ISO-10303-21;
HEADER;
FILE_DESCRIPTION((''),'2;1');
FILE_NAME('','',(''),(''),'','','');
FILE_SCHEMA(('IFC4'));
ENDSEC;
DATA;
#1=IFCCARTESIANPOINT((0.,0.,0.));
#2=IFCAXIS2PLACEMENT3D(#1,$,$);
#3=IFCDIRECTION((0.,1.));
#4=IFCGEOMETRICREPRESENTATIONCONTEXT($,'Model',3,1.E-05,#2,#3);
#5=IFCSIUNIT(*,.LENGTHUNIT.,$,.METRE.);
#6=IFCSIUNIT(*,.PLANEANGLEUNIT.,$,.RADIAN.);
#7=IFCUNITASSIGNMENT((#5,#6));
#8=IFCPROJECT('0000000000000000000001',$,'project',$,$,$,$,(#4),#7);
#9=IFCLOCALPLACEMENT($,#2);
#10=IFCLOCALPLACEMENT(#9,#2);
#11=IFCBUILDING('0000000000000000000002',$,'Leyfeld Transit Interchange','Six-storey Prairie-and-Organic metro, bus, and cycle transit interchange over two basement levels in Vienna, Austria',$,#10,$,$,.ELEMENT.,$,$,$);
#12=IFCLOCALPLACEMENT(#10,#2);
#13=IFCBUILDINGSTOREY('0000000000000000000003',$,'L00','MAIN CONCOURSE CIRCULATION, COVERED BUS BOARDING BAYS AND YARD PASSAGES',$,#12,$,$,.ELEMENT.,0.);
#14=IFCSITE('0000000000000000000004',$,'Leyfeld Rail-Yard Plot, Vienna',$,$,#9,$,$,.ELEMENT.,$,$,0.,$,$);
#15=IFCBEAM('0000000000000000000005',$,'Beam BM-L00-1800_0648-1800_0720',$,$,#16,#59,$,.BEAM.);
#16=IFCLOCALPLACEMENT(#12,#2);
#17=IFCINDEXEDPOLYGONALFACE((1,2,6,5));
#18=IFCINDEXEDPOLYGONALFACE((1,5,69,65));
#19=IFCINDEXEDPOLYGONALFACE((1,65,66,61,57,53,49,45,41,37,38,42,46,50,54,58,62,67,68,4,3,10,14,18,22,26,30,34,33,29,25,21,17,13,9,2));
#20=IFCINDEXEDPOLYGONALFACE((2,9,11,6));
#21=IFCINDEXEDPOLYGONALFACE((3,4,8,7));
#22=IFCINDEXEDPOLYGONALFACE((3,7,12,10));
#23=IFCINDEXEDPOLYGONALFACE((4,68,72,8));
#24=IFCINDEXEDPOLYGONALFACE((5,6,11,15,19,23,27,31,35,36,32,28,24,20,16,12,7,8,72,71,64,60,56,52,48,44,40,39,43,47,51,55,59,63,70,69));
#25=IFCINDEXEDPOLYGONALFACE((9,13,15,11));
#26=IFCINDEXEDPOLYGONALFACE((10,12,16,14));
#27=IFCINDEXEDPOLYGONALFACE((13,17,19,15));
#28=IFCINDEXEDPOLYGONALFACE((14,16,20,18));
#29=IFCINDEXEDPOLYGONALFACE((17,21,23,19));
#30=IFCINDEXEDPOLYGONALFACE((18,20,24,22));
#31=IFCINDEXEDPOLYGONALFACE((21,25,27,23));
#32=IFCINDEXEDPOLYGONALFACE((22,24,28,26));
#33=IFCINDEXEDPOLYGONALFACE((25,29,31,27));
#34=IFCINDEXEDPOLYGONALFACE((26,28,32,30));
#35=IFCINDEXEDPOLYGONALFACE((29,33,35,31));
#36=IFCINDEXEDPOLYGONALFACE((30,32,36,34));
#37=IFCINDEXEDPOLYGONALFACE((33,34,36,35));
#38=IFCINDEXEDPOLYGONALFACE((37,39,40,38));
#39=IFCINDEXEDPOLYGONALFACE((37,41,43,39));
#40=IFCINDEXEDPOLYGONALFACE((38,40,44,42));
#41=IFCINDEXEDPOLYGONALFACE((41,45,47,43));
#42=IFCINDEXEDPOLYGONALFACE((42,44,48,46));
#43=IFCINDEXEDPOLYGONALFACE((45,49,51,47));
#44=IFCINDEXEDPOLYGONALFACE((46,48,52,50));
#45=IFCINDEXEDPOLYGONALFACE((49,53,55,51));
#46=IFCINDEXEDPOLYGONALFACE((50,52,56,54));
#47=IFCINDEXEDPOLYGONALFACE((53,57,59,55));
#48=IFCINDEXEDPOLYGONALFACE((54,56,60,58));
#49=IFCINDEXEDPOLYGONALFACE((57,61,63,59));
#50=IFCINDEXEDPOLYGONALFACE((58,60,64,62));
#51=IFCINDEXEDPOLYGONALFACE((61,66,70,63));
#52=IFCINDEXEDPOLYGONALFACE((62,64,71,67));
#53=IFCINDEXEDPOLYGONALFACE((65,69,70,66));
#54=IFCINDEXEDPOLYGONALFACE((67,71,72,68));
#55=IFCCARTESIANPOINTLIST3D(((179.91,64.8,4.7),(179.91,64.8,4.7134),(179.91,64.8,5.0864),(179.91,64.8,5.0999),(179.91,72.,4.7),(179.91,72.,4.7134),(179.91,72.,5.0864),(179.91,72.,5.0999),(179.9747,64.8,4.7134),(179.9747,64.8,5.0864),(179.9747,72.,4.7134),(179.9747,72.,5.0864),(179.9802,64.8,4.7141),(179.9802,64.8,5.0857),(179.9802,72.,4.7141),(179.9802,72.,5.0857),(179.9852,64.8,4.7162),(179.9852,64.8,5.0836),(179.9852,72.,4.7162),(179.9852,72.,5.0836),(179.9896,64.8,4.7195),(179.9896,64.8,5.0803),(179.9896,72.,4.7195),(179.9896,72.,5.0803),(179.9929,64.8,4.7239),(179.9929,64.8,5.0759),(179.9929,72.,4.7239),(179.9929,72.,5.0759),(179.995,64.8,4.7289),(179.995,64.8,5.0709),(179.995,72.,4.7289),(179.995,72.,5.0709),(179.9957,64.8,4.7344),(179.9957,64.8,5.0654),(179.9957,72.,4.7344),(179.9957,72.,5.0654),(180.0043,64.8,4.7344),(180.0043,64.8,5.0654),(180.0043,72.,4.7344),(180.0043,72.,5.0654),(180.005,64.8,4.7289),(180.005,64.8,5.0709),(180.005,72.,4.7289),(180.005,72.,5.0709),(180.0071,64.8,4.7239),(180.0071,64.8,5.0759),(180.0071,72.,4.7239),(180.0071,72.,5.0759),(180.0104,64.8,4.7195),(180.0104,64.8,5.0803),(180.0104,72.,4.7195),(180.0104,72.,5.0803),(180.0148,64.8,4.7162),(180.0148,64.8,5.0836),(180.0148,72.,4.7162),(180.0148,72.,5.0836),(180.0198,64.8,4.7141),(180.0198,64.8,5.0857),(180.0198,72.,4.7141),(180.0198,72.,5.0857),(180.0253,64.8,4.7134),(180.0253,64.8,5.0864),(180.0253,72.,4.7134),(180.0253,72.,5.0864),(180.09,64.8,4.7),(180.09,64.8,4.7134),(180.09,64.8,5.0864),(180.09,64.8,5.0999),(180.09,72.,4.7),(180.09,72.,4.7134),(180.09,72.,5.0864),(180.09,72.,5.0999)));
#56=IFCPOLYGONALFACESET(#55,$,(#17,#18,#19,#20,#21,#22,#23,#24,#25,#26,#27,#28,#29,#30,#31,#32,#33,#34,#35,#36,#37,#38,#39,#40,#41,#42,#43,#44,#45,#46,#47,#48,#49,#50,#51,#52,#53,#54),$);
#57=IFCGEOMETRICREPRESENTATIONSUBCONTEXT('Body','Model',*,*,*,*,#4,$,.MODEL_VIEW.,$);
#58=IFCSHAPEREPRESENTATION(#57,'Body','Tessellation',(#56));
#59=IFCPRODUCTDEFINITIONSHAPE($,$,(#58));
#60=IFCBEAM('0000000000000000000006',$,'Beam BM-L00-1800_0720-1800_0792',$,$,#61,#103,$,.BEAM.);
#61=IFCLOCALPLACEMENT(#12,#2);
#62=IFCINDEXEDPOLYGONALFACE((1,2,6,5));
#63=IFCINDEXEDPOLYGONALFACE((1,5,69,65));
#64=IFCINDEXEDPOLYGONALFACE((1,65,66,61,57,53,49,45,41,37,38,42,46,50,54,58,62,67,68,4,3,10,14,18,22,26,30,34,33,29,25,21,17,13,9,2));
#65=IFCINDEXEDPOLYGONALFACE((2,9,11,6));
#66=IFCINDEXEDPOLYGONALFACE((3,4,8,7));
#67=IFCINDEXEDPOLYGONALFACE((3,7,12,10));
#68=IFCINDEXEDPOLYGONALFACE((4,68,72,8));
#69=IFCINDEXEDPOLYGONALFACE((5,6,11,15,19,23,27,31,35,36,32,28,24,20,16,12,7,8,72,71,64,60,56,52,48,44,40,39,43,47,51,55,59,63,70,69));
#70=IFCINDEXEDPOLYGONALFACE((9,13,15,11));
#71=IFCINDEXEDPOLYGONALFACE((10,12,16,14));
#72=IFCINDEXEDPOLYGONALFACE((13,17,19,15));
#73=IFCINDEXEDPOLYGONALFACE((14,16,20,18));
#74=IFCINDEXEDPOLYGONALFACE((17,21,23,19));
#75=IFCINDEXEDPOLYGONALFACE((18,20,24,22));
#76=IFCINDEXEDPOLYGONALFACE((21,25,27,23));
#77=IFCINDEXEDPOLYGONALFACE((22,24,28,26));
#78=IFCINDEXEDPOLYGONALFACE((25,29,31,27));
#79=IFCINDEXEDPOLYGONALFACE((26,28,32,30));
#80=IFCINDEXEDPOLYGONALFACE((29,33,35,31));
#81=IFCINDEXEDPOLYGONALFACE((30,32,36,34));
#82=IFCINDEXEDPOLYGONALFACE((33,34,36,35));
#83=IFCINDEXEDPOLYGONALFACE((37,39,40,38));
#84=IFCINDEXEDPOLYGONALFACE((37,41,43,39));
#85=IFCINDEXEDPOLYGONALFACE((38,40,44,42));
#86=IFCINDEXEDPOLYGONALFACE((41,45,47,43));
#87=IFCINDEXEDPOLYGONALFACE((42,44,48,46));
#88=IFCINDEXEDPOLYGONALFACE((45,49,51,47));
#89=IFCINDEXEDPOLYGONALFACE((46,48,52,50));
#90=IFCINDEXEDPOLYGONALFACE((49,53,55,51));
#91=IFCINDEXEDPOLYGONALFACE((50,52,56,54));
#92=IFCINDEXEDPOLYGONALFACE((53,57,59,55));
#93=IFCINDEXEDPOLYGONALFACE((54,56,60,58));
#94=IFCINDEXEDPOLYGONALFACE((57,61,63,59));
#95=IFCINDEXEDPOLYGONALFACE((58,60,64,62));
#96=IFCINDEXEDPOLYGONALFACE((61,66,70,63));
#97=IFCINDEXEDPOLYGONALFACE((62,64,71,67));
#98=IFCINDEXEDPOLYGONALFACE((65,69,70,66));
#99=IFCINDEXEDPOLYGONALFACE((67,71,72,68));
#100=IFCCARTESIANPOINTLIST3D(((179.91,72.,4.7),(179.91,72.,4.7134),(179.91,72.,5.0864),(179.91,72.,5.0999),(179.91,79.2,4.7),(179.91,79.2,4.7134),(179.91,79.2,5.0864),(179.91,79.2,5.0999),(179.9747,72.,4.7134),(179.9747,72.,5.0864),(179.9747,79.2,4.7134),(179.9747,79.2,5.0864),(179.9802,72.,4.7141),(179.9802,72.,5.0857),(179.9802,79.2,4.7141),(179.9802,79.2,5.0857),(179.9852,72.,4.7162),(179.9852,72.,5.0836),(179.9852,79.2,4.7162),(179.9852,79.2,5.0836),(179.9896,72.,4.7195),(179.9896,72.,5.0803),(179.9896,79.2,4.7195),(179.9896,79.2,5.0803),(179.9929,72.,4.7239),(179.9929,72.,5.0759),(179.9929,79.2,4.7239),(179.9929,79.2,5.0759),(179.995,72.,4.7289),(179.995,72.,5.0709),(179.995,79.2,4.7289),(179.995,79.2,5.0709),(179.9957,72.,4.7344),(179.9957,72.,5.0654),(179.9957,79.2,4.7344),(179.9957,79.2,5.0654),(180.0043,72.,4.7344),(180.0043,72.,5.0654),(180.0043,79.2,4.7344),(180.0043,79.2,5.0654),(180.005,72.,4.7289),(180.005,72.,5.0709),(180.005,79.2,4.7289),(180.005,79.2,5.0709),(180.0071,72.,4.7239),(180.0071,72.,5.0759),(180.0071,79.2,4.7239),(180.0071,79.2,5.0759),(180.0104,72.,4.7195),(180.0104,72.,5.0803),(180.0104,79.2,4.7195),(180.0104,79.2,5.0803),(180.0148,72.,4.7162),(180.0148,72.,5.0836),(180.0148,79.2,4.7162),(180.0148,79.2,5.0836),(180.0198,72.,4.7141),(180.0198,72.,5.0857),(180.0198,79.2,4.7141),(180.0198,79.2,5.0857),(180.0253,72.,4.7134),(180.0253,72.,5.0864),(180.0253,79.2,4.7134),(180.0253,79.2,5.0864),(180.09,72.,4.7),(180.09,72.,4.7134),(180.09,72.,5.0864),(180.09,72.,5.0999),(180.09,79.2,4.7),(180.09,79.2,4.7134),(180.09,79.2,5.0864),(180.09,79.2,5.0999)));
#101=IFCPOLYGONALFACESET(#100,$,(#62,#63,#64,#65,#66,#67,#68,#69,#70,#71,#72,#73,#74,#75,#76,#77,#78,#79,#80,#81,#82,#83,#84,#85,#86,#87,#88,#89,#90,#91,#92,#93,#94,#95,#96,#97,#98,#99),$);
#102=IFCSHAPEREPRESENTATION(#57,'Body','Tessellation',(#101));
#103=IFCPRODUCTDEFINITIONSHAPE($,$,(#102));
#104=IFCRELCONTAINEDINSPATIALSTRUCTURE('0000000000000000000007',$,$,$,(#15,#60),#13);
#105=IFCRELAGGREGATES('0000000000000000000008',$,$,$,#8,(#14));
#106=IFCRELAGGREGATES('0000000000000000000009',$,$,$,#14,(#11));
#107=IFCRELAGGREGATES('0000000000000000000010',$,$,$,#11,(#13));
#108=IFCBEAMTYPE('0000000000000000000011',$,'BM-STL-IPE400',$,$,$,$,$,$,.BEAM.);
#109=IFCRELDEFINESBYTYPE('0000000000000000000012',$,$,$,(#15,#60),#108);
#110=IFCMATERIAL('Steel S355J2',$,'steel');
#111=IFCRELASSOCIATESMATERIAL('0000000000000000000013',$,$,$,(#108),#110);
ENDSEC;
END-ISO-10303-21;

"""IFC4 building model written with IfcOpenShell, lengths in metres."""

from ifc_helpers import new_model, si_unit, direction, frame, origin, origin_2d, place, context, subcontext, project, spatial, i_section, extrude, material, material_profile, profile_set, type_object, element, save


model = new_model("IFC4")

# Units and contexts
model_context = context("Model", 3, precision=1e-05, world=origin(), true_north=direction((0.0, 1.0)))
body_context = subcontext(model_context, "Body", "Model", "MODEL_VIEW")
ifc_project = project(units=[si_unit("LENGTHUNIT", "METRE"), si_unit("PLANEANGLEUNIT", "RADIAN")], contexts=[model_context])

# Site, building, storey
site_placement = place(None, origin())
site = spatial("IfcSite", under=ifc_project, at=site_placement, Name="Leyfeld Rail-Yard Plot, Vienna", CompositionType="ELEMENT", RefElevation=0.0)
building_placement = place(site_placement, origin())
building = spatial("IfcBuilding", under=site, at=building_placement, Name="Leyfeld Transit Interchange", Description="Six-storey Prairie-and-Organic metro, bus, and cycle transit interchange over two basement levels in Vienna, Austria", CompositionType="ELEMENT")
storey_placement = place(building_placement, origin())
storey = spatial("IfcBuildingStorey", under=building, at=storey_placement, Name="L00", Description="MAIN CONCOURSE CIRCULATION, COVERED BUS BOARDING BAYS AND YARD PASSAGES", CompositionType="ELEMENT", Elevation=0.0)

# Beams
ifc_material_1 = material(Name="Steel S355J2", Category="steel")
ifc_material_profile_1 = material_profile(ifc_material_1, i_section(OverallWidth=0.1799, OverallDepth=0.3999, WebThickness=0.0085, FlangeThickness=0.0134, FilletRadius=0.021, at=origin_2d()), Name="IPE 400")
ifc_profile_set_1 = profile_set([ifc_material_profile_1], Name="Steel S355J2")
beam_type_1 = type_object("IfcBeamType", Name="BM-STL-IPE400", PredefinedType="BEAM", material=ifc_profile_set_1)
for number, where, z_axis, x_axis, name in (
    (1, (180.0, 64.8, 4.8999), (0.0, 1.0, 0.0), (-1.0, 0.0, 0.0), "Beam BM-L00-1800_0648-1800_0720"),
    (2, (180.0, 72.0, 4.8999), (0.0, 1.0, 0.0), (-1.0, 0.0, 0.0), "Beam BM-L00-1800_0720-1800_0792"),
):
    element("IfcBeam", number, at=place(storey_placement, frame(where, z_axis=z_axis, x_axis=x_axis)), inside=storey, type_object=beam_type_1, Name=name, PredefinedType="BEAM", context=body_context, shape_type="SweptSolid", body=[
        extrude(i_section(OverallWidth=0.1799, OverallDepth=0.3999, WebThickness=0.0085, FlangeThickness=0.0134, FilletRadius=0.021, at=origin_2d()), origin(), (0.0, 0.0, 1.0), 7.2),
    ])

save(model, "model.ifc")
